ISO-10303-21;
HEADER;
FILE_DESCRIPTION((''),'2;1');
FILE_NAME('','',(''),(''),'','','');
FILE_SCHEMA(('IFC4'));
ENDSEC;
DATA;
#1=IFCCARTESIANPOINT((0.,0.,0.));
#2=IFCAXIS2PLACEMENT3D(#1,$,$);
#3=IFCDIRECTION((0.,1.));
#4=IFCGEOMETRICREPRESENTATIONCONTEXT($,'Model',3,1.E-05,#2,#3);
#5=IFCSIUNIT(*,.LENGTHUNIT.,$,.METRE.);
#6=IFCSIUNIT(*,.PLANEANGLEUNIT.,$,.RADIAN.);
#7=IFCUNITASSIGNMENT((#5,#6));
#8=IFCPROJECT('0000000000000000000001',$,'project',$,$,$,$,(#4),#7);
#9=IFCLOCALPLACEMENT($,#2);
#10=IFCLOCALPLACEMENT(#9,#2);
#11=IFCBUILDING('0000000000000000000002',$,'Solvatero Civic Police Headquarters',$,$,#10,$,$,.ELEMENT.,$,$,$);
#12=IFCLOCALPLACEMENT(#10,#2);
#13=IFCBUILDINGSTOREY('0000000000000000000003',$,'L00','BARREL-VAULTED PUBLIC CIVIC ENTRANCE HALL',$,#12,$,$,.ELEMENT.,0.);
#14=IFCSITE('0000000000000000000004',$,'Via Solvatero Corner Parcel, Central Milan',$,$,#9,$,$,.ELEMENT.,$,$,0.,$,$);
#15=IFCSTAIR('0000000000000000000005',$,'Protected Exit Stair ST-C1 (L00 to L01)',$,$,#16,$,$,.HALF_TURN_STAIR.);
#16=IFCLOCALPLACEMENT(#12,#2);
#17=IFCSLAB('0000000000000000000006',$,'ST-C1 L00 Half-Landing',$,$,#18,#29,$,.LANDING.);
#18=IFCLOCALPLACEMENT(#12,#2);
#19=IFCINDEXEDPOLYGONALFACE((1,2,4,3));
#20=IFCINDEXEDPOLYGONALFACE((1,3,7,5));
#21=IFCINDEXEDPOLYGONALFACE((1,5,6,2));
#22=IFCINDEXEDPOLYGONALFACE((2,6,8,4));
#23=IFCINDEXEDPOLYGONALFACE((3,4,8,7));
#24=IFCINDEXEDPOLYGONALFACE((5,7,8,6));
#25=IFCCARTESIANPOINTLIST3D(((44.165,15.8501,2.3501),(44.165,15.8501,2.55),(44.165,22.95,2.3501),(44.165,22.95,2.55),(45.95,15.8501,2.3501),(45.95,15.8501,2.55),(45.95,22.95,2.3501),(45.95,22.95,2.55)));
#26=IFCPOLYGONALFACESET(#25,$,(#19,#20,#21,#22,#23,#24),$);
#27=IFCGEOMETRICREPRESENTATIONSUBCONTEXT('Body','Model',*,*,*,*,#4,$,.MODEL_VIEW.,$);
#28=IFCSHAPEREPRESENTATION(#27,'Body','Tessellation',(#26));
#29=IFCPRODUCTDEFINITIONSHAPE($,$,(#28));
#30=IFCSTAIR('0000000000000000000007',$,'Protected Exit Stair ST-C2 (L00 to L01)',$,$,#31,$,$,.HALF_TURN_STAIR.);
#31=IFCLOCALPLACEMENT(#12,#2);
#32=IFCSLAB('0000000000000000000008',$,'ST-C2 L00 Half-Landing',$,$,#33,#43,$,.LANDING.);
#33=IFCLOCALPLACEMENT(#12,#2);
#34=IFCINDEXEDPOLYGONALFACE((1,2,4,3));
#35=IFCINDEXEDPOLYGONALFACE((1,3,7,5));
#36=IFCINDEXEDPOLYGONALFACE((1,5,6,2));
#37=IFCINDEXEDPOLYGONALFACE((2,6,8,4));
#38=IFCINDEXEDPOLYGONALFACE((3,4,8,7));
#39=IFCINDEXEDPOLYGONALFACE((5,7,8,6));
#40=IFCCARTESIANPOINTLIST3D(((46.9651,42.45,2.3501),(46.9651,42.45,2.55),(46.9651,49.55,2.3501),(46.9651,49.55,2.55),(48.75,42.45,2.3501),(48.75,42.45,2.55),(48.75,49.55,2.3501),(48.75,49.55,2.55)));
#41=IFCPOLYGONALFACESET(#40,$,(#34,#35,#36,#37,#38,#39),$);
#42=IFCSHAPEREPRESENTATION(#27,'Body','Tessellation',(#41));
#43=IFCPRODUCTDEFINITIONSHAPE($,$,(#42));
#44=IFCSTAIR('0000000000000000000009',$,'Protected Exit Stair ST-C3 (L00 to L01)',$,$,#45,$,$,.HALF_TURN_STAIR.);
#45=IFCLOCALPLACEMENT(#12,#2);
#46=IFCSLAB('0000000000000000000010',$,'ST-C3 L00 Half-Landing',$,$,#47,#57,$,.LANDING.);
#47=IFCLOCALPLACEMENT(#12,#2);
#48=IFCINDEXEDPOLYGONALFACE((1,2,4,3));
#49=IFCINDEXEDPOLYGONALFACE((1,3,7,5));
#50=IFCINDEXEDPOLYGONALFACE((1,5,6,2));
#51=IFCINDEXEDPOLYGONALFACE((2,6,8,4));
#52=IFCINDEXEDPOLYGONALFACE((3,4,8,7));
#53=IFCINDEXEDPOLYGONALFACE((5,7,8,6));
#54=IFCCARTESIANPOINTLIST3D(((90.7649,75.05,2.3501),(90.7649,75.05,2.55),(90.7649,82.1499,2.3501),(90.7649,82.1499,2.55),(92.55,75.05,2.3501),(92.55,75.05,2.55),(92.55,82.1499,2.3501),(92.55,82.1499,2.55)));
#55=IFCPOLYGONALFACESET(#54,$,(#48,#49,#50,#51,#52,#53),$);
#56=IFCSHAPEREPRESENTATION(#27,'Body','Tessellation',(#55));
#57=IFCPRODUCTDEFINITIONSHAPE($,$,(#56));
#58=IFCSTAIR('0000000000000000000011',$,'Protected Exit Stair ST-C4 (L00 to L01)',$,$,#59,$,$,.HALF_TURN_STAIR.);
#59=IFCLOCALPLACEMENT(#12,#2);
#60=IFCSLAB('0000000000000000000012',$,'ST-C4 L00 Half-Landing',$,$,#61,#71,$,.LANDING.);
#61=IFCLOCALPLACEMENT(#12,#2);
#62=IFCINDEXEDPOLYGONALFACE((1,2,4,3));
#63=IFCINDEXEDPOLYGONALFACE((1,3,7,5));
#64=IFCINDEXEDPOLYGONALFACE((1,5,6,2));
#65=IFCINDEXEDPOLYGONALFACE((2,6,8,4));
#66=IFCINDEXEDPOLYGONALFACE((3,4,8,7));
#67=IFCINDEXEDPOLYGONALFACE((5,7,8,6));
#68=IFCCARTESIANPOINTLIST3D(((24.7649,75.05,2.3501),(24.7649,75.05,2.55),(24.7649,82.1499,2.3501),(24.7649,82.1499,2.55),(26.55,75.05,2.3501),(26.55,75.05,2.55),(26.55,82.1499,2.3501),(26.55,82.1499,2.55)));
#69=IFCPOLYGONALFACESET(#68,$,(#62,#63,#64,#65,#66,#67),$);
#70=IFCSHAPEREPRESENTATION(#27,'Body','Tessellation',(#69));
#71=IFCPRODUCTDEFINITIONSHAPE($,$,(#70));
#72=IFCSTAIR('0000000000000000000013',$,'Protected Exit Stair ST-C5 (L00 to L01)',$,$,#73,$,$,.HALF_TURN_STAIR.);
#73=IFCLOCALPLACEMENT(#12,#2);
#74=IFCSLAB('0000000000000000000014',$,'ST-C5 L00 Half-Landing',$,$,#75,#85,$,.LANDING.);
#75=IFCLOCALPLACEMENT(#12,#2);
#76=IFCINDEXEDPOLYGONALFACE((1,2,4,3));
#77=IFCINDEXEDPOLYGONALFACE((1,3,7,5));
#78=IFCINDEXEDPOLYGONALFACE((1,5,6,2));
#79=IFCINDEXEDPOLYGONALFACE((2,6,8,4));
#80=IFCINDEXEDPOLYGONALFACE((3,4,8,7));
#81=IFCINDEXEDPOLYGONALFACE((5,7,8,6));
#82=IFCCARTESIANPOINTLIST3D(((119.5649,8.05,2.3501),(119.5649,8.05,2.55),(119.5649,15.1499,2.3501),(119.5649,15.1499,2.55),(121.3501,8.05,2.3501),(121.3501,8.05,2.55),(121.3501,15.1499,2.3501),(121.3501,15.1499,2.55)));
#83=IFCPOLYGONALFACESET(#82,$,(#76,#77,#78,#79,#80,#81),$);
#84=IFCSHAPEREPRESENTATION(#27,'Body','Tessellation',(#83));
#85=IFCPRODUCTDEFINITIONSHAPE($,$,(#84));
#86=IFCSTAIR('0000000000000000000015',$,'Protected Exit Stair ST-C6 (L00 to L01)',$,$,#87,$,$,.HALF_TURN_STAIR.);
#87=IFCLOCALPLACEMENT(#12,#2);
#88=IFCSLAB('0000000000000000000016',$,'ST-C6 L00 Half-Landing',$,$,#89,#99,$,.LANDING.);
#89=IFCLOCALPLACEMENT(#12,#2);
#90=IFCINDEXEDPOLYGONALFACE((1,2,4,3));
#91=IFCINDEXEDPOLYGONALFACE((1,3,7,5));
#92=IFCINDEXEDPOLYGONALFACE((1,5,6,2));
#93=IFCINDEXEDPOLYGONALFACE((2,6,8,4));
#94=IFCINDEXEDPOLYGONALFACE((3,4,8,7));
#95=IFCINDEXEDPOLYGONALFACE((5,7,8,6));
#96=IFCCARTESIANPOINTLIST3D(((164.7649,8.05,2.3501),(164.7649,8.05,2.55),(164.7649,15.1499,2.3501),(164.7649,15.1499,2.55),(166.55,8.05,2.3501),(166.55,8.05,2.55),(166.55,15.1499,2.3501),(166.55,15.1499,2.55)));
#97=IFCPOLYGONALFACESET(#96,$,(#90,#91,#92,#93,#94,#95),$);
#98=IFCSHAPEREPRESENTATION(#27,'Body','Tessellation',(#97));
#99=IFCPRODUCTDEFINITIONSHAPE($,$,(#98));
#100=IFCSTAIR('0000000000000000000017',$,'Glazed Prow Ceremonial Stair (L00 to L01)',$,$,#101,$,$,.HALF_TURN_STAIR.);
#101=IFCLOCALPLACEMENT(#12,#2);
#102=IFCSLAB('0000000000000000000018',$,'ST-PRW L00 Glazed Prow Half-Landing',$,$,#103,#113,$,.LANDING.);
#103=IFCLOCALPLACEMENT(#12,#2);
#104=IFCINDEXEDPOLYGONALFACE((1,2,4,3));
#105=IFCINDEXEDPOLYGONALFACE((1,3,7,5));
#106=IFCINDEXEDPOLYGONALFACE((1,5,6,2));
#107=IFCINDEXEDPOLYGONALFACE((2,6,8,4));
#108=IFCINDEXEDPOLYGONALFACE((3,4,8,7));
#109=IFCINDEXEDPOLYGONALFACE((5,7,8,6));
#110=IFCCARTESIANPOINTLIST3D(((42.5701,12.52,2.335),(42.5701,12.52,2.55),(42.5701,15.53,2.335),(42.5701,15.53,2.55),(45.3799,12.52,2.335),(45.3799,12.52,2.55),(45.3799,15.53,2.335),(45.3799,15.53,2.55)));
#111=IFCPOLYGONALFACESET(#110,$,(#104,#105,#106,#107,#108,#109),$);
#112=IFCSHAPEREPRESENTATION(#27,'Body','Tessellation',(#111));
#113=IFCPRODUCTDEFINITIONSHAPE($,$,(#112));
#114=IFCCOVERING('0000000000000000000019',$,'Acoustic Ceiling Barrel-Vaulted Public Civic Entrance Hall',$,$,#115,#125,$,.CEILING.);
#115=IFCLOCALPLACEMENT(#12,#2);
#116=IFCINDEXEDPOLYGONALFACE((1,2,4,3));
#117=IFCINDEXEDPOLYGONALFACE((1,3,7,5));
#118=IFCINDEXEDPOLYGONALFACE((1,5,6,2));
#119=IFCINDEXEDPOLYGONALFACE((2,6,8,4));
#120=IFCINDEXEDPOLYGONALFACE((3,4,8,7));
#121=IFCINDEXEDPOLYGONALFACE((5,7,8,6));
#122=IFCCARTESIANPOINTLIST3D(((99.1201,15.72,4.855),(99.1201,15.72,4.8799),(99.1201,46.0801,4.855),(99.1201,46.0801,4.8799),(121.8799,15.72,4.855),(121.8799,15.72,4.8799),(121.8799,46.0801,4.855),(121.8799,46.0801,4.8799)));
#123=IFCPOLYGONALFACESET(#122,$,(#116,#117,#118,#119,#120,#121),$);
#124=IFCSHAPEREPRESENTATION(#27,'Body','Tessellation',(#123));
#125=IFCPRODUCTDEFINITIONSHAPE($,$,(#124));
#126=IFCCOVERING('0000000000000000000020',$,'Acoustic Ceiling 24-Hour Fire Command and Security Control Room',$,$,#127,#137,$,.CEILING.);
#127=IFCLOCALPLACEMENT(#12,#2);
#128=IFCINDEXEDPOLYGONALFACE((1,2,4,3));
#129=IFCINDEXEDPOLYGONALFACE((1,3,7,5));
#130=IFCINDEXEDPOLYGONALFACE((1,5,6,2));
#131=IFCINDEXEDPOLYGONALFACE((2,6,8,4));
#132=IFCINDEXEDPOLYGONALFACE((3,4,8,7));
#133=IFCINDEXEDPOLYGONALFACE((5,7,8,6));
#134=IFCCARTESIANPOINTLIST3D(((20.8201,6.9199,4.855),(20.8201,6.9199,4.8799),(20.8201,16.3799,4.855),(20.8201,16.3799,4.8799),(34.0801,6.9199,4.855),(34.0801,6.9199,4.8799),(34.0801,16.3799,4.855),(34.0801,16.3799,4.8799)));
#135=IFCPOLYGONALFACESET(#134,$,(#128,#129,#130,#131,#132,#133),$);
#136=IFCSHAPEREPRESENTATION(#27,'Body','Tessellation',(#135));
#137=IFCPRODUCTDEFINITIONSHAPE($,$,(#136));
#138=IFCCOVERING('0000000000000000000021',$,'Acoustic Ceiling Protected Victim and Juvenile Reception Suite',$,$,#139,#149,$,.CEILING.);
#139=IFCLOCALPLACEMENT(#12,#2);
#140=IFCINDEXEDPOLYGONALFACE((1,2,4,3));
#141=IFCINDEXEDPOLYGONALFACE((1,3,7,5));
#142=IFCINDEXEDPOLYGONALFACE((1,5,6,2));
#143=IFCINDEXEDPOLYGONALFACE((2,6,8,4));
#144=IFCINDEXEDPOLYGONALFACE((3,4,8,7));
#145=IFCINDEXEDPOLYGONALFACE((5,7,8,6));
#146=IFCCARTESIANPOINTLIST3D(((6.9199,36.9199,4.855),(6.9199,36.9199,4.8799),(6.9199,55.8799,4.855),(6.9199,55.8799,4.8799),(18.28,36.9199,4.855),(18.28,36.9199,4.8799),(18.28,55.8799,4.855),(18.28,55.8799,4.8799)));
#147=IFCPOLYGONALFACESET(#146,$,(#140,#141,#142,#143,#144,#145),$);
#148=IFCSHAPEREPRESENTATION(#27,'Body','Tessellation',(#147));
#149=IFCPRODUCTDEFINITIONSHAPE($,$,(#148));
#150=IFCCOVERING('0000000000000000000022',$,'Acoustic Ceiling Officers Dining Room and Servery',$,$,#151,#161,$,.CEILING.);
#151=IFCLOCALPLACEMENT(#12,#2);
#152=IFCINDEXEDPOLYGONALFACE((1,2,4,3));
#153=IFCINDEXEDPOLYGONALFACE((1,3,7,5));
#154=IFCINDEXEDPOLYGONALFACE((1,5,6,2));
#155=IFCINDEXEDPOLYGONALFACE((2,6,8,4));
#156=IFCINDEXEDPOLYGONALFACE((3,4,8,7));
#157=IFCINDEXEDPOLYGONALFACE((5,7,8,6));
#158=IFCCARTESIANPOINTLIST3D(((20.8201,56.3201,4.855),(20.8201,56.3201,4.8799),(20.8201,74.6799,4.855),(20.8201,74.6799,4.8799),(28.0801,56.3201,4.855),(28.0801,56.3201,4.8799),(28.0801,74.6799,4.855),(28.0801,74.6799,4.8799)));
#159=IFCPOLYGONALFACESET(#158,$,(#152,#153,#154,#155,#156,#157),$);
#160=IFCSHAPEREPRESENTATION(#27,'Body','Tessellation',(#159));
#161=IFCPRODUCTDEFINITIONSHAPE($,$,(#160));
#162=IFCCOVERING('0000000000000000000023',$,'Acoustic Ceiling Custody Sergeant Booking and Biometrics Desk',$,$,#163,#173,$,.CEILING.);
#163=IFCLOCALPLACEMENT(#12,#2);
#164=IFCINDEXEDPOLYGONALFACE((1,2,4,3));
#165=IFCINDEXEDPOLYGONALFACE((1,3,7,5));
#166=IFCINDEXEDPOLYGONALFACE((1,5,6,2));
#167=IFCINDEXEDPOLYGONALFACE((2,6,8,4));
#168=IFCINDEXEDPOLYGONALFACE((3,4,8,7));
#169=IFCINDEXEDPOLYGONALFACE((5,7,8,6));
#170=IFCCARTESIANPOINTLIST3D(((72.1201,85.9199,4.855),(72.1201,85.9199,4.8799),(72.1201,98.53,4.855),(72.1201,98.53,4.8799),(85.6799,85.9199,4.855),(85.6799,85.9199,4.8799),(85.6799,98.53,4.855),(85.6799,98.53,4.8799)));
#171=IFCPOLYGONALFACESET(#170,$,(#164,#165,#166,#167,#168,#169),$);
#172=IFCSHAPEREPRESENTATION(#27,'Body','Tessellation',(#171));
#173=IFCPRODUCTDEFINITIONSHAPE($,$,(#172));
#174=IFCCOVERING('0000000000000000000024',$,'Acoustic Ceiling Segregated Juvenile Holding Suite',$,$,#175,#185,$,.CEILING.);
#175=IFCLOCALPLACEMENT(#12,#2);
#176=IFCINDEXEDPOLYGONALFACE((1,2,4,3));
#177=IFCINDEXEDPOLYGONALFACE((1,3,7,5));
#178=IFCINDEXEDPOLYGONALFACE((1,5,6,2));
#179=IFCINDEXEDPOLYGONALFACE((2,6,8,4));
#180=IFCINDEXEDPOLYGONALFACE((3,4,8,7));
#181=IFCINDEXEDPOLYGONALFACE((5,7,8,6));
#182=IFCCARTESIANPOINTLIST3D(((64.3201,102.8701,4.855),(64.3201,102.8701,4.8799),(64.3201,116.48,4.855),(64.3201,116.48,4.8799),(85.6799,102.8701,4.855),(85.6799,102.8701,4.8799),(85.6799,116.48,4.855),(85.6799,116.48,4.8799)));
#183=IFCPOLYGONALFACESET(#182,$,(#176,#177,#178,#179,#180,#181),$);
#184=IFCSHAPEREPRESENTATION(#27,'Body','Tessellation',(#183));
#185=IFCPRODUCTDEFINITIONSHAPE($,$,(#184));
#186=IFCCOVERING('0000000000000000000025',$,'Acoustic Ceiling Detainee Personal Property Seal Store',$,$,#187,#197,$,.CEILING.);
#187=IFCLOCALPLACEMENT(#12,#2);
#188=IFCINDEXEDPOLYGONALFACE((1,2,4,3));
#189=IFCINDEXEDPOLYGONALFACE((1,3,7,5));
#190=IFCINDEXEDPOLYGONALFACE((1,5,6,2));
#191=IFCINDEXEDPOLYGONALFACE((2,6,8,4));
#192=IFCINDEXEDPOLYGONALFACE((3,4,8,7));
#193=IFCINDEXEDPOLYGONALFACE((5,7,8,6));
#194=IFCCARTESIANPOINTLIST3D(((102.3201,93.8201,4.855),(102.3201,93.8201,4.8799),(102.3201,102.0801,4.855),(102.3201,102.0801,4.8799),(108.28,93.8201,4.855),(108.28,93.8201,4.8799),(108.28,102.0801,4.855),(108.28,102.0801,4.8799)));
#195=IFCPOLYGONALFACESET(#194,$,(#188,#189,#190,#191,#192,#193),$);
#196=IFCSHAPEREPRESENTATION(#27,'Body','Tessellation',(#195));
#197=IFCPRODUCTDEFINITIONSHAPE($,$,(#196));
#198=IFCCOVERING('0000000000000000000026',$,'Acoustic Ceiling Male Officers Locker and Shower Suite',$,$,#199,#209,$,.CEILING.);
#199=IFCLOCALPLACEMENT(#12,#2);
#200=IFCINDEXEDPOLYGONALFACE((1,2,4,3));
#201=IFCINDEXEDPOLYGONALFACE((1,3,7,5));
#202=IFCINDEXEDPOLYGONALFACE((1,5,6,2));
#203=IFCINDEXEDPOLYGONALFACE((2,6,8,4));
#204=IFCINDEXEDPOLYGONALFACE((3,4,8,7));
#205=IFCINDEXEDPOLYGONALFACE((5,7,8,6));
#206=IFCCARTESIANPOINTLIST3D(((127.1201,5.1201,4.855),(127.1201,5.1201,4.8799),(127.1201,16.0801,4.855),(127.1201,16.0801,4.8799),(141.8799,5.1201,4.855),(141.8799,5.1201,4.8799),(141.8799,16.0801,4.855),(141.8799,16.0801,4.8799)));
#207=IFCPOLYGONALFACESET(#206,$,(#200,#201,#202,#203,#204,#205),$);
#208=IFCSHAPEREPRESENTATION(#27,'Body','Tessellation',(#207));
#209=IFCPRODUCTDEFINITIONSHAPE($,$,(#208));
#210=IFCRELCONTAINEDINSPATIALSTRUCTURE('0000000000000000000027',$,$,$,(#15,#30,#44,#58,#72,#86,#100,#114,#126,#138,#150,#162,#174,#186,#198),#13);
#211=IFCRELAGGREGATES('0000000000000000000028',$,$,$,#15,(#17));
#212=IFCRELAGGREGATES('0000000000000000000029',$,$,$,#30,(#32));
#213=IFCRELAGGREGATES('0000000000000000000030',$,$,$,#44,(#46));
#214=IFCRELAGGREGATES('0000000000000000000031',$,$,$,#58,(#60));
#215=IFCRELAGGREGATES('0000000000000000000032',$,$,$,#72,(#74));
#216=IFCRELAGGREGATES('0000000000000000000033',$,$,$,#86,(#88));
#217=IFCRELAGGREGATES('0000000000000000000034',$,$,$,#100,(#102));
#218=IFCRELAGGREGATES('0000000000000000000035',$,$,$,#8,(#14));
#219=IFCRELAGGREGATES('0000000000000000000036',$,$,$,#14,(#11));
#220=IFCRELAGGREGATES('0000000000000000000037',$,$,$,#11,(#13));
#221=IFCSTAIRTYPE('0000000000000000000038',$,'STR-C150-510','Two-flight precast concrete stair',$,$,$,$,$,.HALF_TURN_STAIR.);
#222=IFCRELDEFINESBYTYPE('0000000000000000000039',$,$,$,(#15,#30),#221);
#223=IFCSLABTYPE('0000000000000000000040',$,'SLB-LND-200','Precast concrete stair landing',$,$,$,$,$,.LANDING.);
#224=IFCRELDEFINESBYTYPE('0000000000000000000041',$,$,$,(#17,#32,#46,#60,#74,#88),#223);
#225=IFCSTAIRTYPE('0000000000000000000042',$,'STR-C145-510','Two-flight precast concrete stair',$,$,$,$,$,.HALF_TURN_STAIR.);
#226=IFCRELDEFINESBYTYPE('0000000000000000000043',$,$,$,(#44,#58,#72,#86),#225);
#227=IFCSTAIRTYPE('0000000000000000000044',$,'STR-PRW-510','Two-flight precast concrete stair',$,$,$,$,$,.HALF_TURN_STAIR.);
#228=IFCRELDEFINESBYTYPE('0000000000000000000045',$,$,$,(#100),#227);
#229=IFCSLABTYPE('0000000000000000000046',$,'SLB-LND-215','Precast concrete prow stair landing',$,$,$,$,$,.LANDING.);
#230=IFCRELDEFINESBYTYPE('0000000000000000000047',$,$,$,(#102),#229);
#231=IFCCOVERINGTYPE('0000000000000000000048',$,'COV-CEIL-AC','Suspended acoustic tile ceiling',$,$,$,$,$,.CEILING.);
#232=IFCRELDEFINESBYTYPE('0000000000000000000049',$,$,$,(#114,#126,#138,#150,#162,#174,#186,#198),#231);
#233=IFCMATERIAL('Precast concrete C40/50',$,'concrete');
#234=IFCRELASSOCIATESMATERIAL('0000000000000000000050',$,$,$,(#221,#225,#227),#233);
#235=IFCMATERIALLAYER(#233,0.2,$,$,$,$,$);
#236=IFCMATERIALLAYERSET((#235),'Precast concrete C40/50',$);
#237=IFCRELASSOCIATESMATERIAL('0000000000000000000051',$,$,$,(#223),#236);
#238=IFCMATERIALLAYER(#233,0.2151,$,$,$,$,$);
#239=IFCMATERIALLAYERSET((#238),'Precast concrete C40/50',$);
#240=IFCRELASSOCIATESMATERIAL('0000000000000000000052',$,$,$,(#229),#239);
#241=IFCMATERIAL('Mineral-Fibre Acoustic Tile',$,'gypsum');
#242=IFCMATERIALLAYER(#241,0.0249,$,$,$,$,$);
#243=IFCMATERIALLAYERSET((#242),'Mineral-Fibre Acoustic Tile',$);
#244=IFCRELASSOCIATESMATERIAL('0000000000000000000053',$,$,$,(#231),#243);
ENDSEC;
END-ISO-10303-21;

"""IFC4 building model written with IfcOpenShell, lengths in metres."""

from ifc_helpers import new_model, si_unit, direction, frame, origin, place, context, subcontext, project, spatial, polyline, outline, extrude, material, layer, layer_set, type_object, element, aggregate, save


model = new_model("IFC4")

# Units and contexts
model_context = context("Model", 3, precision=1e-05, world=origin(), true_north=direction((0.0, 1.0)))
body_context = subcontext(model_context, "Body", "Model", "MODEL_VIEW")
ifc_project = project(units=[si_unit("LENGTHUNIT", "METRE"), si_unit("PLANEANGLEUNIT", "RADIAN")], contexts=[model_context])

# Site, building, storey
site_placement = place(None, origin())
site = spatial("IfcSite", under=ifc_project, at=site_placement, Name="Via Solvatero Corner Parcel, Central Milan", CompositionType="ELEMENT", RefElevation=0.0)
building_placement = place(site_placement, origin())
building = spatial("IfcBuilding", under=site, at=building_placement, Name="Solvatero Civic Police Headquarters", CompositionType="ELEMENT")
storey_placement = place(building_placement, origin())
storey = spatial("IfcBuildingStorey", under=building, at=storey_placement, Name="L00", Description="BARREL-VAULTED PUBLIC CIVIC ENTRANCE HALL", CompositionType="ELEMENT", Elevation=0.0)

# Stairs, slabs
ifc_material_1 = material(Name="Precast concrete C40/50", Category="concrete")
stair_type_1 = type_object("IfcStairType", Name="STR-C150-510", Description="Two-flight precast concrete stair", PredefinedType="HALF_TURN_STAIR", material=ifc_material_1)
stair_1_placement = place(storey_placement, origin())
stair_1 = element("IfcStair", 1, at=stair_1_placement, inside=storey, type_object=stair_type_1, Name="Protected Exit Stair ST-C1 (L00 to L01)", PredefinedType="HALF_TURN_STAIR")
ifc_layer_1 = layer(ifc_material_1, 0.2)
ifc_layer_set_1 = layer_set([ifc_layer_1], Name="Precast concrete C40/50")
slab_type_1 = type_object("IfcSlabType", Name="SLB-LND-200", Description="Precast concrete stair landing", PredefinedType="LANDING", material=ifc_layer_set_1)
slab_1_placement = place(storey_placement, frame((0.0, 0.0, 2.3501)))
slab_1 = element("IfcSlab", 2, at=slab_1_placement, type_object=slab_type_1, Name="ST-C1 L00 Half-Landing", PredefinedType="LANDING", context=body_context, shape_type="SweptSolid", body=[
    extrude(outline(polyline([(44.165, 15.8501), (45.95, 15.8501), (45.95, 22.95), (44.165, 22.95), (44.165, 15.8501)])), origin(), (0.0, 0.0, 1.0), 0.2),
])
aggregate(stair_1, [slab_1])
stair_2_placement = place(storey_placement, origin())
stair_2 = element("IfcStair", 3, at=stair_2_placement, inside=storey, type_object=stair_type_1, Name="Protected Exit Stair ST-C2 (L00 to L01)", PredefinedType="HALF_TURN_STAIR")
slab_2_placement = place(storey_placement, frame((0.0, 0.0, 2.3501)))
slab_2 = element("IfcSlab", 4, at=slab_2_placement, type_object=slab_type_1, Name="ST-C2 L00 Half-Landing", PredefinedType="LANDING", context=body_context, shape_type="SweptSolid", body=[
    extrude(outline(polyline([(46.9651, 42.45), (48.75, 42.45), (48.75, 49.55), (46.9651, 49.55), (46.9651, 42.45)])), origin(), (0.0, 0.0, 1.0), 0.2),
])
aggregate(stair_2, [slab_2])
stair_type_2 = type_object("IfcStairType", Name="STR-C145-510", Description="Two-flight precast concrete stair", PredefinedType="HALF_TURN_STAIR", material=ifc_material_1)
stair_3_placement = place(storey_placement, origin())
stair_3 = element("IfcStair", 5, at=stair_3_placement, inside=storey, type_object=stair_type_2, Name="Protected Exit Stair ST-C3 (L00 to L01)", PredefinedType="HALF_TURN_STAIR")
slab_3_placement = place(storey_placement, frame((0.0, 0.0, 2.3501)))
slab_3 = element("IfcSlab", 6, at=slab_3_placement, type_object=slab_type_1, Name="ST-C3 L00 Half-Landing", PredefinedType="LANDING", context=body_context, shape_type="SweptSolid", body=[
    extrude(outline(polyline([(90.7649, 75.05), (92.55, 75.05), (92.55, 82.1499), (90.7649, 82.1499), (90.7649, 75.05)])), origin(), (0.0, 0.0, 1.0), 0.2),
])
aggregate(stair_3, [slab_3])
stair_4_placement = place(storey_placement, origin())
stair_4 = element("IfcStair", 7, at=stair_4_placement, inside=storey, type_object=stair_type_2, Name="Protected Exit Stair ST-C4 (L00 to L01)", PredefinedType="HALF_TURN_STAIR")
slab_4_placement = place(storey_placement, frame((0.0, 0.0, 2.3501)))
slab_4 = element("IfcSlab", 8, at=slab_4_placement, type_object=slab_type_1, Name="ST-C4 L00 Half-Landing", PredefinedType="LANDING", context=body_context, shape_type="SweptSolid", body=[
    extrude(outline(polyline([(24.7649, 75.05), (26.55, 75.05), (26.55, 82.1499), (24.7649, 82.1499), (24.7649, 75.05)])), origin(), (0.0, 0.0, 1.0), 0.2),
])
aggregate(stair_4, [slab_4])
stair_5_placement = place(storey_placement, origin())
stair_5 = element("IfcStair", 9, at=stair_5_placement, inside=storey, type_object=stair_type_2, Name="Protected Exit Stair ST-C5 (L00 to L01)", PredefinedType="HALF_TURN_STAIR")
slab_5_placement = place(storey_placement, frame((0.0, 0.0, 2.3501)))
slab_5 = element("IfcSlab", 10, at=slab_5_placement, type_object=slab_type_1, Name="ST-C5 L00 Half-Landing", PredefinedType="LANDING", context=body_context, shape_type="SweptSolid", body=[
    extrude(outline(polyline([(119.5649, 8.05), (121.3501, 8.05), (121.3501, 15.1499), (119.5649, 15.1499), (119.5649, 8.05)])), origin(), (0.0, 0.0, 1.0), 0.2),
])
aggregate(stair_5, [slab_5])
stair_6_placement = place(storey_placement, origin())
stair_6 = element("IfcStair", 11, at=stair_6_placement, inside=storey, type_object=stair_type_2, Name="Protected Exit Stair ST-C6 (L00 to L01)", PredefinedType="HALF_TURN_STAIR")
slab_6_placement = place(storey_placement, frame((0.0, 0.0, 2.3501)))
slab_6 = element("IfcSlab", 12, at=slab_6_placement, type_object=slab_type_1, Name="ST-C6 L00 Half-Landing", PredefinedType="LANDING", context=body_context, shape_type="SweptSolid", body=[
    extrude(outline(polyline([(164.7649, 8.05), (166.55, 8.05), (166.55, 15.1499), (164.7649, 15.1499), (164.7649, 8.05)])), origin(), (0.0, 0.0, 1.0), 0.2),
])
aggregate(stair_6, [slab_6])
stair_type_3 = type_object("IfcStairType", Name="STR-PRW-510", Description="Two-flight precast concrete stair", PredefinedType="HALF_TURN_STAIR", material=ifc_material_1)
stair_7_placement = place(storey_placement, origin())
stair_7 = element("IfcStair", 13, at=stair_7_placement, inside=storey, type_object=stair_type_3, Name="Glazed Prow Ceremonial Stair (L00 to L01)", PredefinedType="HALF_TURN_STAIR")
ifc_layer_2 = layer(ifc_material_1, 0.2151)
ifc_layer_set_2 = layer_set([ifc_layer_2], Name="Precast concrete C40/50")
slab_type_2 = type_object("IfcSlabType", Name="SLB-LND-215", Description="Precast concrete prow stair landing", PredefinedType="LANDING", material=ifc_layer_set_2)
slab_7_placement = place(storey_placement, frame((0.0, 0.0, 2.335)))
slab_7 = element("IfcSlab", 14, at=slab_7_placement, type_object=slab_type_2, Name="ST-PRW L00 Glazed Prow Half-Landing", PredefinedType="LANDING", context=body_context, shape_type="SweptSolid", body=[
    extrude(outline(polyline([(42.5701, 12.52), (45.3799, 12.52), (45.3799, 15.53), (42.5701, 15.53), (42.5701, 12.52)])), origin(), (0.0, 0.0, 1.0), 0.2151),
])
aggregate(stair_7, [slab_7])

# Coverings
ifc_material_2 = material(Name="Mineral-Fibre Acoustic Tile", Category="gypsum")
ifc_layer_3 = layer(ifc_material_2, 0.0249)
ifc_layer_set_3 = layer_set([ifc_layer_3], Name="Mineral-Fibre Acoustic Tile")
covering_type_1 = type_object("IfcCoveringType", Name="COV-CEIL-AC", Description="Suspended acoustic tile ceiling", PredefinedType="CEILING", material=ifc_layer_set_3)
covering_1_placement = place(storey_placement, frame((0.0, 0.0, 4.855)))
element("IfcCovering", 15, at=covering_1_placement, inside=storey, type_object=covering_type_1, Name="Acoustic Ceiling Barrel-Vaulted Public Civic Entrance Hall", PredefinedType="CEILING", context=body_context, shape_type="SweptSolid", body=[
    extrude(outline(polyline([(99.1201, 15.72), (99.1201, 46.0801), (121.8799, 46.0801), (121.8799, 15.72), (99.1201, 15.72)])), origin(), (0.0, 0.0, 1.0), 0.0249),
])
covering_2_placement = place(storey_placement, frame((0.0, 0.0, 4.855)))
element("IfcCovering", 16, at=covering_2_placement, inside=storey, type_object=covering_type_1, Name="Acoustic Ceiling 24-Hour Fire Command and Security Control Room", PredefinedType="CEILING", context=body_context, shape_type="SweptSolid", body=[
    extrude(outline(polyline([(34.0801, 16.3799), (34.0801, 6.9199), (20.8201, 6.9199), (20.8201, 16.3799), (34.0801, 16.3799)])), origin(), (0.0, 0.0, 1.0), 0.0249),
])
covering_3_placement = place(storey_placement, frame((0.0, 0.0, 4.855)))
element("IfcCovering", 17, at=covering_3_placement, inside=storey, type_object=covering_type_1, Name="Acoustic Ceiling Protected Victim and Juvenile Reception Suite", PredefinedType="CEILING", context=body_context, shape_type="SweptSolid", body=[
    extrude(outline(polyline([(6.9199, 36.9199), (6.9199, 55.8799), (18.28, 55.8799), (18.28, 36.9199), (6.9199, 36.9199)])), origin(), (0.0, 0.0, 1.0), 0.0249),
])
covering_4_placement = place(storey_placement, frame((0.0, 0.0, 4.855)))
element("IfcCovering", 18, at=covering_4_placement, inside=storey, type_object=covering_type_1, Name="Acoustic Ceiling Officers Dining Room and Servery", PredefinedType="CEILING", context=body_context, shape_type="SweptSolid", body=[
    extrude(outline(polyline([(28.0801, 74.6799), (28.0801, 56.3201), (20.8201, 56.3201), (20.8201, 74.6799), (28.0801, 74.6799)])), origin(), (0.0, 0.0, 1.0), 0.0249),
])
covering_5_placement = place(storey_placement, frame((0.0, 0.0, 4.855)))
element("IfcCovering", 19, at=covering_5_placement, inside=storey, type_object=covering_type_1, Name="Acoustic Ceiling Custody Sergeant Booking and Biometrics Desk", PredefinedType="CEILING", context=body_context, shape_type="SweptSolid", body=[
    extrude(outline(polyline([(85.6799, 85.9199), (72.1201, 85.9199), (72.1201, 98.53), (85.6799, 98.53), (85.6799, 85.9199)])), origin(), (0.0, 0.0, 1.0), 0.0249),
])
covering_6_placement = place(storey_placement, frame((0.0, 0.0, 4.855)))
element("IfcCovering", 20, at=covering_6_placement, inside=storey, type_object=covering_type_1, Name="Acoustic Ceiling Segregated Juvenile Holding Suite", PredefinedType="CEILING", context=body_context, shape_type="SweptSolid", body=[
    extrude(outline(polyline([(85.6799, 102.8701), (64.3201, 102.8701), (64.3201, 116.48), (85.6799, 116.48), (85.6799, 102.8701)])), origin(), (0.0, 0.0, 1.0), 0.0249),
])
covering_7_placement = place(storey_placement, frame((0.0, 0.0, 4.855)))
element("IfcCovering", 21, at=covering_7_placement, inside=storey, type_object=covering_type_1, Name="Acoustic Ceiling Detainee Personal Property Seal Store", PredefinedType="CEILING", context=body_context, shape_type="SweptSolid", body=[
    extrude(outline(polyline([(108.28, 102.0801), (108.28, 93.8201), (102.3201, 93.8201), (102.3201, 102.0801), (108.28, 102.0801)])), origin(), (0.0, 0.0, 1.0), 0.0249),
])
covering_8_placement = place(storey_placement, frame((0.0, 0.0, 4.855)))
element("IfcCovering", 22, at=covering_8_placement, inside=storey, type_object=covering_type_1, Name="Acoustic Ceiling Male Officers Locker and Shower Suite", PredefinedType="CEILING", context=body_context, shape_type="SweptSolid", body=[
    extrude(outline(polyline([(127.1201, 5.1201), (127.1201, 16.0801), (141.8799, 16.0801), (141.8799, 5.1201), (127.1201, 5.1201)])), origin(), (0.0, 0.0, 1.0), 0.0249),
])

save(model, "model.ifc")
